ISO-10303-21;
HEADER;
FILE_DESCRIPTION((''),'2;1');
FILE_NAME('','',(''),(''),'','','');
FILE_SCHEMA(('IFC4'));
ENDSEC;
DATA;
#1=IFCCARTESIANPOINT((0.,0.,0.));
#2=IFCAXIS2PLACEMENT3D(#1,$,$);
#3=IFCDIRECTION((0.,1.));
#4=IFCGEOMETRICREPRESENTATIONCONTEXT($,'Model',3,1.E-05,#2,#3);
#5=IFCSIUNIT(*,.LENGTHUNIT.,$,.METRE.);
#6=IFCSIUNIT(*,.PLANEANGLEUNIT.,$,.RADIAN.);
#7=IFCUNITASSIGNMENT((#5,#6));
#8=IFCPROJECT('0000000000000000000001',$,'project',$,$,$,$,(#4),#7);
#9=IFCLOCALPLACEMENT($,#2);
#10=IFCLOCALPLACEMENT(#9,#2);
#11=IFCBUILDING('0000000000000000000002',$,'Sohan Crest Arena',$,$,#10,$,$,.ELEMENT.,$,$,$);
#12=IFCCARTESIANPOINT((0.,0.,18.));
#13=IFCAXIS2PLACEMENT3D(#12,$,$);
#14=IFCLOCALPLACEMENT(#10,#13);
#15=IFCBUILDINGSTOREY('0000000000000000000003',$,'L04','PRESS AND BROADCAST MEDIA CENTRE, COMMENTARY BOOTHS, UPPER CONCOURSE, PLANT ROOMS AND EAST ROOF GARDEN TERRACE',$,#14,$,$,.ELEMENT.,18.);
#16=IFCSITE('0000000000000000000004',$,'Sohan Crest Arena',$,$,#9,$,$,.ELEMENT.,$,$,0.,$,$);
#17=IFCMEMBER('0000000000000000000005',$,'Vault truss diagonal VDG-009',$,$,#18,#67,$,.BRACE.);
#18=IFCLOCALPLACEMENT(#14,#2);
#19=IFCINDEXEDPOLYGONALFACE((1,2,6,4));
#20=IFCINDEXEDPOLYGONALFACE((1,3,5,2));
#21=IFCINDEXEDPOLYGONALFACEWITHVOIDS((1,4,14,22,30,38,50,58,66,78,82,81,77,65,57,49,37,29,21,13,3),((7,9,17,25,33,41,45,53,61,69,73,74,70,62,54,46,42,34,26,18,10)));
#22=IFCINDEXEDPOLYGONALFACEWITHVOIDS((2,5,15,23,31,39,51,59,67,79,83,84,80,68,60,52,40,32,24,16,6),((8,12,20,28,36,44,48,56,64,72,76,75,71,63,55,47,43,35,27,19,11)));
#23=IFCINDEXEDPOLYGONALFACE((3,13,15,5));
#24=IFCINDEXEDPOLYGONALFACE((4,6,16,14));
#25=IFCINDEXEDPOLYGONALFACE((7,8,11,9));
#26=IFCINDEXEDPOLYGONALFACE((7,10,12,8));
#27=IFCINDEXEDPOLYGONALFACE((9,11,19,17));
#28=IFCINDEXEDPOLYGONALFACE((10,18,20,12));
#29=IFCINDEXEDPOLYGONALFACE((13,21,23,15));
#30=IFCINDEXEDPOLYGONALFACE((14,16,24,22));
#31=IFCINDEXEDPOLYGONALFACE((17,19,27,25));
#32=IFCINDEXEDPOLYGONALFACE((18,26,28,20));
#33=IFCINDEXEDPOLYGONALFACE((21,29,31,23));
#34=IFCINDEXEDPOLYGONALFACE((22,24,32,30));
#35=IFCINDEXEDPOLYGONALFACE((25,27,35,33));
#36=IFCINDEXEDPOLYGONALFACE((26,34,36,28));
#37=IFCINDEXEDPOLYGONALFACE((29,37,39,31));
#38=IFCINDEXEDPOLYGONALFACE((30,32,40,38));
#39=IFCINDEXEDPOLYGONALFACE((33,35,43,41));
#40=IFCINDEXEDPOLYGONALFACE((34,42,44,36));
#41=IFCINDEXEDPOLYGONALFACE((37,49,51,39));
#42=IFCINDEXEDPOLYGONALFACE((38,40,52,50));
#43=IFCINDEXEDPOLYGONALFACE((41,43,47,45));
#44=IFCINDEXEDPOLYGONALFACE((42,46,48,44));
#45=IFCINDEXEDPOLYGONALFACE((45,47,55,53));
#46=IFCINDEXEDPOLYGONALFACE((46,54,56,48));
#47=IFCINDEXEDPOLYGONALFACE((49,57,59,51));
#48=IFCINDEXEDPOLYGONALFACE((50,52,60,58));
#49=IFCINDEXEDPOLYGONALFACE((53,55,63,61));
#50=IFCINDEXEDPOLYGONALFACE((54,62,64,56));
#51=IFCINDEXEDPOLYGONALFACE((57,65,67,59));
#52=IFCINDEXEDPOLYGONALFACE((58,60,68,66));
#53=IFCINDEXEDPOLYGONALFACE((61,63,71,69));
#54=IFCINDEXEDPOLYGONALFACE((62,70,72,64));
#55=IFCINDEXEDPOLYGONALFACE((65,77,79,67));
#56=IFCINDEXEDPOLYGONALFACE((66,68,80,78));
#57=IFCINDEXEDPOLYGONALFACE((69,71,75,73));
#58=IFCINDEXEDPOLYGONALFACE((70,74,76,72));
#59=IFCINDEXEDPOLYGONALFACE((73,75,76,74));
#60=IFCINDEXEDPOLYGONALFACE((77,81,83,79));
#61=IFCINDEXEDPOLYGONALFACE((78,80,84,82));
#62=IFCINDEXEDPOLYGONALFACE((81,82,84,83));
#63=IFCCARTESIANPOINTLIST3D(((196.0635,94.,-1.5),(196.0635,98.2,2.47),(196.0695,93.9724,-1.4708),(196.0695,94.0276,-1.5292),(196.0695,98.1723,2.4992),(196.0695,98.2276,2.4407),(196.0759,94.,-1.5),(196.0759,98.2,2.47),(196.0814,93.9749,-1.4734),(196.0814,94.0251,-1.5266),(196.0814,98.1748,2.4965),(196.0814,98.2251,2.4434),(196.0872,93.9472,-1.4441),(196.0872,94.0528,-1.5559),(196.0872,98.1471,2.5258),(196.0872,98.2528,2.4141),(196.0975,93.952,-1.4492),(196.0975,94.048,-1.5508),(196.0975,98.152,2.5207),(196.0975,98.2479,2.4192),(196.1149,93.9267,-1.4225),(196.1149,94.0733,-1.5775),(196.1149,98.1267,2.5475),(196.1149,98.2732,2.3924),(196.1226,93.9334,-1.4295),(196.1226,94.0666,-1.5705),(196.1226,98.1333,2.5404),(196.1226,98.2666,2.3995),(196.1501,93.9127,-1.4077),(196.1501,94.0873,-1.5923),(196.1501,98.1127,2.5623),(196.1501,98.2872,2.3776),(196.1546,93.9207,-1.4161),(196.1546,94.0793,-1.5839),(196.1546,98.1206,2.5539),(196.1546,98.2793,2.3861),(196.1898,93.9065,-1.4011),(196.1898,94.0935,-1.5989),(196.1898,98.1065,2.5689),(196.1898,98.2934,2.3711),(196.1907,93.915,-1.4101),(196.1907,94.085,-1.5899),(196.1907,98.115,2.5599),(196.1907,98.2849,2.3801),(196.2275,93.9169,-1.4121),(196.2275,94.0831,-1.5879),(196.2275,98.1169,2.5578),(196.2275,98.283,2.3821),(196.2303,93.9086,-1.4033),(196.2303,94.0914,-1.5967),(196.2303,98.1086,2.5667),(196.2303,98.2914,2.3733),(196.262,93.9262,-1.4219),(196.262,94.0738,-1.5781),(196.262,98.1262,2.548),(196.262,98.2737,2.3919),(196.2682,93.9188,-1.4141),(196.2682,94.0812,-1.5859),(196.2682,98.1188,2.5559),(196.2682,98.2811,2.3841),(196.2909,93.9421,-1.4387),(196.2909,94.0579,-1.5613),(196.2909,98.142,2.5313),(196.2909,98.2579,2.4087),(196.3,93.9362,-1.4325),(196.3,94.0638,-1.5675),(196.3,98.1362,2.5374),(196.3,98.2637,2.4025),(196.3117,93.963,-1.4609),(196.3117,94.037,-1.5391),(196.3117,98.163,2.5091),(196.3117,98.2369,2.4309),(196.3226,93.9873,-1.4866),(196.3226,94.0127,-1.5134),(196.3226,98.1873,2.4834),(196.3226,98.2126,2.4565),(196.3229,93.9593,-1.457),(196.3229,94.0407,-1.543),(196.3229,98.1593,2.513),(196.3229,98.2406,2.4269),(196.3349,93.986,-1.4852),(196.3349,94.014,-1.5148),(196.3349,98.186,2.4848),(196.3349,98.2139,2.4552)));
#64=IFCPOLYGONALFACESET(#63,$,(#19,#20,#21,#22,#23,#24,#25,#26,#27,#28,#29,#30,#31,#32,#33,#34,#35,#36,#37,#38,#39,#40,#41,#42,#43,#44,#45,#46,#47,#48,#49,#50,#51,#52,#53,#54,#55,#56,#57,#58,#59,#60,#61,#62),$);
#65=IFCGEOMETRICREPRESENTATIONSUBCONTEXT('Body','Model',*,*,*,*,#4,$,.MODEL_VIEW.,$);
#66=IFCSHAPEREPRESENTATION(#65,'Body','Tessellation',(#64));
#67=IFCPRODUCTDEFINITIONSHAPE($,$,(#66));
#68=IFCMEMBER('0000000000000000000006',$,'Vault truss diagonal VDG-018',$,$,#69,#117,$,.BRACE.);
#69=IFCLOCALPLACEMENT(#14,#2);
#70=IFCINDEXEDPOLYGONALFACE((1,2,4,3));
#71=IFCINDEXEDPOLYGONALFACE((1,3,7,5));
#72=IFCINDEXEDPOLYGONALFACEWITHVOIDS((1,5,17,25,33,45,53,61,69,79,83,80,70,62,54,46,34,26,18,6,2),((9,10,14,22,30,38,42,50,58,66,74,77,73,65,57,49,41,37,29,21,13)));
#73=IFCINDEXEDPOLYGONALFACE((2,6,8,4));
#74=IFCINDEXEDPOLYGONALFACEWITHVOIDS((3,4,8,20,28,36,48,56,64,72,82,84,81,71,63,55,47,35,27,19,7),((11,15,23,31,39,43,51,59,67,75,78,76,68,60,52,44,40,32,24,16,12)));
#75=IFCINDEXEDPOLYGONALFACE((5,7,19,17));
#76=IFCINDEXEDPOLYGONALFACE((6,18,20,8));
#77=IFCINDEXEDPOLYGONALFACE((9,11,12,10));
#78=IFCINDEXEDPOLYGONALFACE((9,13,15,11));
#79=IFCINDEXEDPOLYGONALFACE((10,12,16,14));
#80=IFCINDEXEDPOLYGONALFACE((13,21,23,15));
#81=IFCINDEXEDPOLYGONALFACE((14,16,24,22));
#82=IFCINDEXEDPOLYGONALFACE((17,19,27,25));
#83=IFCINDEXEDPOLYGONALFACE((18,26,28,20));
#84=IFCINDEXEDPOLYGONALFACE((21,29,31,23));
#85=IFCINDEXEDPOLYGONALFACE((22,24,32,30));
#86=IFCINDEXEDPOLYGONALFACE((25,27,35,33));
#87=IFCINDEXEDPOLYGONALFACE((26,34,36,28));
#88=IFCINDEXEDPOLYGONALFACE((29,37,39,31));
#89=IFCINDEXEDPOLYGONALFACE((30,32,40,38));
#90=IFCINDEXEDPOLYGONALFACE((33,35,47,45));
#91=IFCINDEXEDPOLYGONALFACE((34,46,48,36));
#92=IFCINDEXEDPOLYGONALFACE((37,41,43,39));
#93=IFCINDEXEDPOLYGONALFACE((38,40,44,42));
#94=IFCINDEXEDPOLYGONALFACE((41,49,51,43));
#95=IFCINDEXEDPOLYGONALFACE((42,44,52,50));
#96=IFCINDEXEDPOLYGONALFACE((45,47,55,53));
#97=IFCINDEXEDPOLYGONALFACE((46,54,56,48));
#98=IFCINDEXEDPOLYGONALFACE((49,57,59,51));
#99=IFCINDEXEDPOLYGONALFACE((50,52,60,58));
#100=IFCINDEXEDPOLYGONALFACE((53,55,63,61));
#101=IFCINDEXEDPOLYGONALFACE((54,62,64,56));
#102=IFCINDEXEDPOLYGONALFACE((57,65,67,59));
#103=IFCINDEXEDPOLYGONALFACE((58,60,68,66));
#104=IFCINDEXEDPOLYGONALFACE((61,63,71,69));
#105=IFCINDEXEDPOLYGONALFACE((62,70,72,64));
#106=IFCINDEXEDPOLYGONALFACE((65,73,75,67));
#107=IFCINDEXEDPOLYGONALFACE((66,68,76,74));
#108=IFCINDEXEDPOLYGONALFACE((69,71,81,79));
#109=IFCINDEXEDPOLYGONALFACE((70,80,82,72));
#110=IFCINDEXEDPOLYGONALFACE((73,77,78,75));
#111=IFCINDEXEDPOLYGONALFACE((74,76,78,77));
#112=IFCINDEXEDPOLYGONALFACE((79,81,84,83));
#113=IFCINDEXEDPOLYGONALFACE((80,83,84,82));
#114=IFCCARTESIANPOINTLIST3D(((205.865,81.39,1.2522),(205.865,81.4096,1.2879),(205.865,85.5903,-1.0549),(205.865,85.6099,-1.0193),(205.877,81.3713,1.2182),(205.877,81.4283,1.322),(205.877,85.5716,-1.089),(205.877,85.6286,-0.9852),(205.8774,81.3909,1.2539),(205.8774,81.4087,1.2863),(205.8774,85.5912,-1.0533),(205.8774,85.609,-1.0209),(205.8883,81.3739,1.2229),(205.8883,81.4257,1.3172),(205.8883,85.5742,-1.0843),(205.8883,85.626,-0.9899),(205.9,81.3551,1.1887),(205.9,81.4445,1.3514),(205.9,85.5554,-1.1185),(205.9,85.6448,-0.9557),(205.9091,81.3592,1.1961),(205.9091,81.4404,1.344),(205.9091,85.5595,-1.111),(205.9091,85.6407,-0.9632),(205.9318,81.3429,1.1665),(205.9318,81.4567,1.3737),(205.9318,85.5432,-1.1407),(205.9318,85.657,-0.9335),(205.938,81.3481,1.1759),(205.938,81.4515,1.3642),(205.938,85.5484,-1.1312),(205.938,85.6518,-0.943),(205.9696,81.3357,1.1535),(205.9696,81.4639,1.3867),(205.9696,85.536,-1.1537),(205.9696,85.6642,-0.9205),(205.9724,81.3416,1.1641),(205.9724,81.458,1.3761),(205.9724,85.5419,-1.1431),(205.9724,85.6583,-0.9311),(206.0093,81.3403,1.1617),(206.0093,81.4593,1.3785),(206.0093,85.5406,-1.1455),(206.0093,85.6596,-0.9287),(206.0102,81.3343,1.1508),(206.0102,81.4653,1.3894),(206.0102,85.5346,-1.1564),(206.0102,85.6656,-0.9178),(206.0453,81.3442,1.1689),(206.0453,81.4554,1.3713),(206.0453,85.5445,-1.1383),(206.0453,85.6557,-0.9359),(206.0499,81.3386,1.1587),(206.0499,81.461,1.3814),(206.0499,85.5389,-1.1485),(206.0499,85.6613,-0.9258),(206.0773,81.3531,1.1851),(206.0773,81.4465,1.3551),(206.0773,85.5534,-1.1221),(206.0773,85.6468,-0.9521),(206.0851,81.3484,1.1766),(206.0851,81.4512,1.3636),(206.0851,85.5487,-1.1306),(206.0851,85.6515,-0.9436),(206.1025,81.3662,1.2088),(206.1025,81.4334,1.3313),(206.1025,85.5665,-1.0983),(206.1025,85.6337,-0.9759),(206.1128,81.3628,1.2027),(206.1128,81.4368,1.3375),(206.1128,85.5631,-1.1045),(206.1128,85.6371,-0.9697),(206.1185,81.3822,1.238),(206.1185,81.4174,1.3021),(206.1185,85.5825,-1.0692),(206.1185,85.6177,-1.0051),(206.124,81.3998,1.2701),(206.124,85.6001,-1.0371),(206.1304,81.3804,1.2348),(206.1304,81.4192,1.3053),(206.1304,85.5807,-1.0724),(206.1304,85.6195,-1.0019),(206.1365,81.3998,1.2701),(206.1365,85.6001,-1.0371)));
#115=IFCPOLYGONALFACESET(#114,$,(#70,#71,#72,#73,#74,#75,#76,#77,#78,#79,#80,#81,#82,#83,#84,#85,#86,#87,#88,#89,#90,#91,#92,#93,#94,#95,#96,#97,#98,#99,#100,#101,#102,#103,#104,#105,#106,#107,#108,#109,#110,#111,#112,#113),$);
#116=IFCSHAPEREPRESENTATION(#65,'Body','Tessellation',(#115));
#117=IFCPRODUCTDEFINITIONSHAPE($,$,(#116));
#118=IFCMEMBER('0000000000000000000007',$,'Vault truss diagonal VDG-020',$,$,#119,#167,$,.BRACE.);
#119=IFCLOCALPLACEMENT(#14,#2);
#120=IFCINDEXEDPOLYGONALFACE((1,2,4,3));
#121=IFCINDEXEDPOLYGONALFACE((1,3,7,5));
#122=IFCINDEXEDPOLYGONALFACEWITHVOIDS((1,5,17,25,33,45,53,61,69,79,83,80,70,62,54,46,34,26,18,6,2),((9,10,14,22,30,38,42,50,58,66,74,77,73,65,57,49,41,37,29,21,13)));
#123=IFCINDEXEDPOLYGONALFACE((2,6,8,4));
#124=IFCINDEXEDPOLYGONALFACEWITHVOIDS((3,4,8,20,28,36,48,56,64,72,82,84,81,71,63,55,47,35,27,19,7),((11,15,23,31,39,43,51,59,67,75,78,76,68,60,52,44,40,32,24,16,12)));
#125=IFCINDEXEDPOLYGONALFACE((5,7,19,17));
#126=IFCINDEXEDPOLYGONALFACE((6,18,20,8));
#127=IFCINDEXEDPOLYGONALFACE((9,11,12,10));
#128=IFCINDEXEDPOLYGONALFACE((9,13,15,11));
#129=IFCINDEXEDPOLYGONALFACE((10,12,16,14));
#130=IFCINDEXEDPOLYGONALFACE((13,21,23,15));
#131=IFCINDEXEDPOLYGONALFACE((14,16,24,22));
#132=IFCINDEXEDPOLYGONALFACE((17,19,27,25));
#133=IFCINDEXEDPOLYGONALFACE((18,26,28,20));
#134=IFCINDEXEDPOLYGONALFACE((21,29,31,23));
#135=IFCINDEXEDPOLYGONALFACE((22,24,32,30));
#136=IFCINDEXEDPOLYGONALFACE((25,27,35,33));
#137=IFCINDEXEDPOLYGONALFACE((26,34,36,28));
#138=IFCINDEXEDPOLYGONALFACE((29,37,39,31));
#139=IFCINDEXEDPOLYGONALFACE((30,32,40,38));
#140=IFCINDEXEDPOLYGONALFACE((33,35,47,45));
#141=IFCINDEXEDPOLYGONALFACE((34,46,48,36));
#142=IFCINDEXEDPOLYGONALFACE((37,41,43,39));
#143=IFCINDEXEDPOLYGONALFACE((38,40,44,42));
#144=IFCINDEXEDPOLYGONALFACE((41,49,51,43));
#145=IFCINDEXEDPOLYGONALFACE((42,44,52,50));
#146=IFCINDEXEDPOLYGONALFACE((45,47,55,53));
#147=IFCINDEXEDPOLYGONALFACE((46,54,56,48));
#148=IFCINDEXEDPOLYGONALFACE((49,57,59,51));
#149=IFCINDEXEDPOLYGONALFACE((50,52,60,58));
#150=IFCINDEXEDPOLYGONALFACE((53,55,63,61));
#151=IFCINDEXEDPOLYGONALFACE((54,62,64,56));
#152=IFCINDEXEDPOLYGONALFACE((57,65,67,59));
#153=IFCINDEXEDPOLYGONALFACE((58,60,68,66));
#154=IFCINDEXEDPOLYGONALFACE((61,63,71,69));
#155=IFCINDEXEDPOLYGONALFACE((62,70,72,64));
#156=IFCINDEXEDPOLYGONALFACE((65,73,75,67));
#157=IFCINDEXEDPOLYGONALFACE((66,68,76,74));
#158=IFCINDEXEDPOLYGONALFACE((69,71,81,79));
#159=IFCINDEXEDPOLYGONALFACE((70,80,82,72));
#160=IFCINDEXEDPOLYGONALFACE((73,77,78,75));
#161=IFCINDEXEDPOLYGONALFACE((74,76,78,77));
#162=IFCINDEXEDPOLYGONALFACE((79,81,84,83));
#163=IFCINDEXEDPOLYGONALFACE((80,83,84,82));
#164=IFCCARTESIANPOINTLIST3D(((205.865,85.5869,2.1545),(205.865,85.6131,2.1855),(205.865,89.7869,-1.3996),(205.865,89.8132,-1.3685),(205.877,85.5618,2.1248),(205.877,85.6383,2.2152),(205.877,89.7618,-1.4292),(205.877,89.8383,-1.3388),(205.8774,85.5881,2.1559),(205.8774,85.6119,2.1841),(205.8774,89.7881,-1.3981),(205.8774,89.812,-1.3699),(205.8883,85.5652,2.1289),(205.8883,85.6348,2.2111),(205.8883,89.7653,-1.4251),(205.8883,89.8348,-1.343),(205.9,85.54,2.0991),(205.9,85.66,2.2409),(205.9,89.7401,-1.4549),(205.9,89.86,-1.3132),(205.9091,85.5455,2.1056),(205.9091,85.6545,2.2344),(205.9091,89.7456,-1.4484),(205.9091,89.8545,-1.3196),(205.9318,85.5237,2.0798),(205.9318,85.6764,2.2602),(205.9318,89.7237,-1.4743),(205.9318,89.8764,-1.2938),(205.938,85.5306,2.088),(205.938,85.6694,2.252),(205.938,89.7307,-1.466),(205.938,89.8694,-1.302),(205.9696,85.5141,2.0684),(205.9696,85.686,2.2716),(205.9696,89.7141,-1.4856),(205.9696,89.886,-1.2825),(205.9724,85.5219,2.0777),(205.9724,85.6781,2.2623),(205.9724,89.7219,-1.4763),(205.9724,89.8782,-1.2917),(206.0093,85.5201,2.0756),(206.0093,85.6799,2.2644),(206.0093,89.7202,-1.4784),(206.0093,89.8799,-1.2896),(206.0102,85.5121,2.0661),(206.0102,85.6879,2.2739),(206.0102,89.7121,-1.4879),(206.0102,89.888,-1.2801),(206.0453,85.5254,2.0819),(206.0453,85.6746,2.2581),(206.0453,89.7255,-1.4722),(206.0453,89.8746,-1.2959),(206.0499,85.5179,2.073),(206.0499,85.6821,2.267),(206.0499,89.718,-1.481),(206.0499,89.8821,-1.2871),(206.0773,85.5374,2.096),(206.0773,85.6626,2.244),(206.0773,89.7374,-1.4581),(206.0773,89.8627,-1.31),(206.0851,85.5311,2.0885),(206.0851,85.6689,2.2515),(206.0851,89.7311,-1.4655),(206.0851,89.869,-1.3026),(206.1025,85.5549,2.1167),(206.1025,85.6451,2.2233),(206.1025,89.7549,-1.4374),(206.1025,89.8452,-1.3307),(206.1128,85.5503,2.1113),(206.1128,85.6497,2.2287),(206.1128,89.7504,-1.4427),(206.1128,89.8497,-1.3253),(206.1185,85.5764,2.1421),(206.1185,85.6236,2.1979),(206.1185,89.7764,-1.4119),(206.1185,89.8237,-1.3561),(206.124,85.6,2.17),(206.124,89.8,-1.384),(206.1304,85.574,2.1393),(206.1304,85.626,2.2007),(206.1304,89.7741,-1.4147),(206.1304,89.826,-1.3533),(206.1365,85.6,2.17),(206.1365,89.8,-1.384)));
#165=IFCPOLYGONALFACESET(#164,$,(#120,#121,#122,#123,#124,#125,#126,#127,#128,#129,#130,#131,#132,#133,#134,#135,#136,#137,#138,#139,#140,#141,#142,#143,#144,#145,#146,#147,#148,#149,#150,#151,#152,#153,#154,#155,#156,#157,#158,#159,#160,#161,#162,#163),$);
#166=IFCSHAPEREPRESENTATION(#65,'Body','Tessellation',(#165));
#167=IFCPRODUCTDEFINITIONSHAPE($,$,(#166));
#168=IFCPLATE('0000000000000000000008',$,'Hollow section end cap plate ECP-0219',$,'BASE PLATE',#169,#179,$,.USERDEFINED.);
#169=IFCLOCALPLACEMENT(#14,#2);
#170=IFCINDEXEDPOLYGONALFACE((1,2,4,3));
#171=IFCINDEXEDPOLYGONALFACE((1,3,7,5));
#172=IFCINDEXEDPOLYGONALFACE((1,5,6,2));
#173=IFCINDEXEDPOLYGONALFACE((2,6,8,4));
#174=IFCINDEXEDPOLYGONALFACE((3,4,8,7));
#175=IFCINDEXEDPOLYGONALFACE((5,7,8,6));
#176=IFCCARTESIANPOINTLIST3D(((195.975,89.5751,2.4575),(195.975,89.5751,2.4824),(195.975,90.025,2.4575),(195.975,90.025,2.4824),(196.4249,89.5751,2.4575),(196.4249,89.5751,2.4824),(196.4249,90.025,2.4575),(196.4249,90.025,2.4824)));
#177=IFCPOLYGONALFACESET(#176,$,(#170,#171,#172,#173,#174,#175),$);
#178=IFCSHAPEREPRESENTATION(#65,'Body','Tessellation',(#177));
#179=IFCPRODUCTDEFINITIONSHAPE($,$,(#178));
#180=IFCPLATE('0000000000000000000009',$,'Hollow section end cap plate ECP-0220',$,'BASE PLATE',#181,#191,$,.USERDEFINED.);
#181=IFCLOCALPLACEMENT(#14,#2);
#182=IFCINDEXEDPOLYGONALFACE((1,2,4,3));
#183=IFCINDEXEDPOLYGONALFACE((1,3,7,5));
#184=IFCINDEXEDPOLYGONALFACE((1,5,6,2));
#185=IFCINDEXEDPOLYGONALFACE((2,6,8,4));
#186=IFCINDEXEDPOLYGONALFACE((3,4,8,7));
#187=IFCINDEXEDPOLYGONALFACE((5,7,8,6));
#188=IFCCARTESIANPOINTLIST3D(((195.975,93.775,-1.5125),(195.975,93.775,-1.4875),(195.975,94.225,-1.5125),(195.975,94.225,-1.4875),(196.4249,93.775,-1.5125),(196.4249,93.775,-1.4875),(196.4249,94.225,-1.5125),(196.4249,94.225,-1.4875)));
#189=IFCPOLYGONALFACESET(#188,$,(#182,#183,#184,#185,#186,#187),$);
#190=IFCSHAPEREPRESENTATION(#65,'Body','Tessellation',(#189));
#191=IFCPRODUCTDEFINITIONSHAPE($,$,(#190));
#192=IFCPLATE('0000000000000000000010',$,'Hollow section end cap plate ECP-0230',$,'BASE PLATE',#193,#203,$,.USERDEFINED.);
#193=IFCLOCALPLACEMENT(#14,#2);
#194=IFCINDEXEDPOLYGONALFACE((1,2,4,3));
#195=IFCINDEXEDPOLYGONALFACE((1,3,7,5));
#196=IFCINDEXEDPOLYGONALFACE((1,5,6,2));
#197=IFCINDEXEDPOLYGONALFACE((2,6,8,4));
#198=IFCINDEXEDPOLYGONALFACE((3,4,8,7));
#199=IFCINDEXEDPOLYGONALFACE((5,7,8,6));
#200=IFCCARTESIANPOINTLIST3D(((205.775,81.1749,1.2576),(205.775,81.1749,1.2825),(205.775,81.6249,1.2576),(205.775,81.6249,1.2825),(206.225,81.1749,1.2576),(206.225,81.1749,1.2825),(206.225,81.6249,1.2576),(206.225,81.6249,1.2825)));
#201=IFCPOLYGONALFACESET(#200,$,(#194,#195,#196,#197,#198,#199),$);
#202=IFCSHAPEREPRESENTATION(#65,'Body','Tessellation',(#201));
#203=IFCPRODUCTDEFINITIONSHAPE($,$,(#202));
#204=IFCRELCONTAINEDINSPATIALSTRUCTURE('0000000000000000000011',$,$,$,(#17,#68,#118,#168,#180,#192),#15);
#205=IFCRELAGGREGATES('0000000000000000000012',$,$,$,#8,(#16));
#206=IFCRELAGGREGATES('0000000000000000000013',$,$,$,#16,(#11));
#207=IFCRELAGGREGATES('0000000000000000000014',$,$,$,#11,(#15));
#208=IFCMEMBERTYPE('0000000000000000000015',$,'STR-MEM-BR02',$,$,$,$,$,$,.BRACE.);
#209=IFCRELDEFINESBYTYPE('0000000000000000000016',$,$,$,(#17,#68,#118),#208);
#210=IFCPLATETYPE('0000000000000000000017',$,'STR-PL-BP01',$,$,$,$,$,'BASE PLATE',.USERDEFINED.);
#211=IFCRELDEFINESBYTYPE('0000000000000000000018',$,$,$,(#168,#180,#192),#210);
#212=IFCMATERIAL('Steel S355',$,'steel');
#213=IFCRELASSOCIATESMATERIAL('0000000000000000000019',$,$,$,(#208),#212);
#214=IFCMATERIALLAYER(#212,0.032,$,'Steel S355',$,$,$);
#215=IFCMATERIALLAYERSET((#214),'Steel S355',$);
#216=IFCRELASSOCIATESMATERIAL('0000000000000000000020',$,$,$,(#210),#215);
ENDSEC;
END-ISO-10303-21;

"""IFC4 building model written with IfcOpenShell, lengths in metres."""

from ifc_helpers import new_model, si_unit, direction, frame, origin, origin_2d, place, context, subcontext, project, spatial, rectangle, hollow_circle, extrude, material, layer, layer_set, material_profile, profile_set, type_object, element, save


model = new_model("IFC4")

# Units and contexts
model_context = context("Model", 3, precision=1e-05, world=origin(), true_north=direction((0.0, 1.0)))
body_context = subcontext(model_context, "Body", "Model", "MODEL_VIEW")
ifc_project = project(units=[si_unit("LENGTHUNIT", "METRE"), si_unit("PLANEANGLEUNIT", "RADIAN")], contexts=[model_context])

# Site, building, storey
site_placement = place(None, origin())
site = spatial("IfcSite", under=ifc_project, at=site_placement, Name="Sohan Crest Arena", CompositionType="ELEMENT", RefElevation=0.0)
building_placement = place(site_placement, origin())
building = spatial("IfcBuilding", under=site, at=building_placement, Name="Sohan Crest Arena", CompositionType="ELEMENT")
storey_placement = place(building_placement, frame((0.0, 0.0, 18.0)))
storey = spatial("IfcBuildingStorey", under=building, at=storey_placement, Name="L04", Description="PRESS AND BROADCAST MEDIA CENTRE, COMMENTARY BOOTHS, UPPER CONCOURSE, PLANT ROOMS AND EAST ROOF GARDEN TERRACE", CompositionType="ELEMENT", Elevation=18.0)

# Shared definitions
ifc_material = material(Name="Steel S355", Category="steel")

# Members
ifc_material_profile_1 = material_profile(ifc_material, hollow_circle(Radius=0.1365, WallThickness=0.0125, at=origin_2d()), Name="CHS 273x12.5")
ifc_profile_set_1 = profile_set([ifc_material_profile_1], Name="Steel S355")
member_type_1 = type_object("IfcMemberType", Name="STR-MEM-BR02", PredefinedType="BRACE", material=ifc_profile_set_1)
for number, where, z_axis, x_axis, name in (
    (1, (196.2, 94.0, -1.5), (0.0, 0.726724, 0.68693), (-1.0, 0.0, 0.0), "Vault truss diagonal VDG-009"),
):
    element("IfcMember", number, at=place(storey_placement, frame(where, z_axis=z_axis, x_axis=x_axis)), inside=storey, type_object=member_type_1, Name=name, PredefinedType="BRACE", context=body_context, shape_type="SweptSolid", body=[
        extrude(hollow_circle(Radius=0.1365, WallThickness=0.0125, at=origin_2d()), origin(), (0.0, 0.0, 1.0), 5.7793),
    ])
member_1_placement = place(storey_placement, frame((206.0, 85.6001, -1.0371), z_axis=(0.0, -0.876478, 0.481441), x_axis=(1.0, 0.0, 0.0)))
element("IfcMember", 2, at=member_1_placement, inside=storey, type_object=member_type_1, Name="Vault truss diagonal VDG-018", PredefinedType="BRACE", context=body_context, shape_type="SweptSolid", body=[
    extrude(hollow_circle(Radius=0.1365, WallThickness=0.0125, at=origin_2d()), origin(), (0.0, 0.0, 1.0), 4.7922),
])
member_2_placement = place(storey_placement, frame((206.0, 89.8, -1.384), z_axis=(0.0, -0.763373, 0.645958), x_axis=(1.0, 0.0, 0.0)))
element("IfcMember", 3, at=member_2_placement, inside=storey, type_object=member_type_1, Name="Vault truss diagonal VDG-020", PredefinedType="BRACE", context=body_context, shape_type="SweptSolid", body=[
    extrude(hollow_circle(Radius=0.1365, WallThickness=0.0125, at=origin_2d()), origin(), (0.0, 0.0, 1.0), 5.502),
])

# Plates
ifc_layer = layer(ifc_material, 0.032, Name="Steel S355")
ifc_layer_set = layer_set([ifc_layer], Name="Steel S355")
plate_type = type_object("IfcPlateType", Name="STR-PL-BP01", ElementType="BASE PLATE", PredefinedType="USERDEFINED", material=ifc_layer_set)
for number, where, z_axis, x_axis, name in (
    (4, (196.2, 89.8, 2.4575), (0.0, 0.0, 1.0), (1.0, 0.0, 0.0), "Hollow section end cap plate ECP-0219"),
    (5, (196.2, 94.0, -1.5125), (0.0, 0.0, 1.0), (1.0, 0.0, 0.0), "Hollow section end cap plate ECP-0220"),
    (6, (206.0, 81.3999, 1.2576), (0.0, 0.0, 1.0), (1.0, 0.0, 0.0), "Hollow section end cap plate ECP-0230"),
):
    element("IfcPlate", number, at=place(storey_placement, frame(where, z_axis=z_axis, x_axis=x_axis)), inside=storey, type_object=plate_type, Name=name, ObjectType="BASE PLATE", PredefinedType="USERDEFINED", context=body_context, shape_type="SweptSolid", body=[
        extrude(rectangle(XDim=0.45, YDim=0.45, at=origin_2d()), origin(), (0.0, 0.0, 1.0), 0.0249),
    ])

save(model, "model.ifc")
